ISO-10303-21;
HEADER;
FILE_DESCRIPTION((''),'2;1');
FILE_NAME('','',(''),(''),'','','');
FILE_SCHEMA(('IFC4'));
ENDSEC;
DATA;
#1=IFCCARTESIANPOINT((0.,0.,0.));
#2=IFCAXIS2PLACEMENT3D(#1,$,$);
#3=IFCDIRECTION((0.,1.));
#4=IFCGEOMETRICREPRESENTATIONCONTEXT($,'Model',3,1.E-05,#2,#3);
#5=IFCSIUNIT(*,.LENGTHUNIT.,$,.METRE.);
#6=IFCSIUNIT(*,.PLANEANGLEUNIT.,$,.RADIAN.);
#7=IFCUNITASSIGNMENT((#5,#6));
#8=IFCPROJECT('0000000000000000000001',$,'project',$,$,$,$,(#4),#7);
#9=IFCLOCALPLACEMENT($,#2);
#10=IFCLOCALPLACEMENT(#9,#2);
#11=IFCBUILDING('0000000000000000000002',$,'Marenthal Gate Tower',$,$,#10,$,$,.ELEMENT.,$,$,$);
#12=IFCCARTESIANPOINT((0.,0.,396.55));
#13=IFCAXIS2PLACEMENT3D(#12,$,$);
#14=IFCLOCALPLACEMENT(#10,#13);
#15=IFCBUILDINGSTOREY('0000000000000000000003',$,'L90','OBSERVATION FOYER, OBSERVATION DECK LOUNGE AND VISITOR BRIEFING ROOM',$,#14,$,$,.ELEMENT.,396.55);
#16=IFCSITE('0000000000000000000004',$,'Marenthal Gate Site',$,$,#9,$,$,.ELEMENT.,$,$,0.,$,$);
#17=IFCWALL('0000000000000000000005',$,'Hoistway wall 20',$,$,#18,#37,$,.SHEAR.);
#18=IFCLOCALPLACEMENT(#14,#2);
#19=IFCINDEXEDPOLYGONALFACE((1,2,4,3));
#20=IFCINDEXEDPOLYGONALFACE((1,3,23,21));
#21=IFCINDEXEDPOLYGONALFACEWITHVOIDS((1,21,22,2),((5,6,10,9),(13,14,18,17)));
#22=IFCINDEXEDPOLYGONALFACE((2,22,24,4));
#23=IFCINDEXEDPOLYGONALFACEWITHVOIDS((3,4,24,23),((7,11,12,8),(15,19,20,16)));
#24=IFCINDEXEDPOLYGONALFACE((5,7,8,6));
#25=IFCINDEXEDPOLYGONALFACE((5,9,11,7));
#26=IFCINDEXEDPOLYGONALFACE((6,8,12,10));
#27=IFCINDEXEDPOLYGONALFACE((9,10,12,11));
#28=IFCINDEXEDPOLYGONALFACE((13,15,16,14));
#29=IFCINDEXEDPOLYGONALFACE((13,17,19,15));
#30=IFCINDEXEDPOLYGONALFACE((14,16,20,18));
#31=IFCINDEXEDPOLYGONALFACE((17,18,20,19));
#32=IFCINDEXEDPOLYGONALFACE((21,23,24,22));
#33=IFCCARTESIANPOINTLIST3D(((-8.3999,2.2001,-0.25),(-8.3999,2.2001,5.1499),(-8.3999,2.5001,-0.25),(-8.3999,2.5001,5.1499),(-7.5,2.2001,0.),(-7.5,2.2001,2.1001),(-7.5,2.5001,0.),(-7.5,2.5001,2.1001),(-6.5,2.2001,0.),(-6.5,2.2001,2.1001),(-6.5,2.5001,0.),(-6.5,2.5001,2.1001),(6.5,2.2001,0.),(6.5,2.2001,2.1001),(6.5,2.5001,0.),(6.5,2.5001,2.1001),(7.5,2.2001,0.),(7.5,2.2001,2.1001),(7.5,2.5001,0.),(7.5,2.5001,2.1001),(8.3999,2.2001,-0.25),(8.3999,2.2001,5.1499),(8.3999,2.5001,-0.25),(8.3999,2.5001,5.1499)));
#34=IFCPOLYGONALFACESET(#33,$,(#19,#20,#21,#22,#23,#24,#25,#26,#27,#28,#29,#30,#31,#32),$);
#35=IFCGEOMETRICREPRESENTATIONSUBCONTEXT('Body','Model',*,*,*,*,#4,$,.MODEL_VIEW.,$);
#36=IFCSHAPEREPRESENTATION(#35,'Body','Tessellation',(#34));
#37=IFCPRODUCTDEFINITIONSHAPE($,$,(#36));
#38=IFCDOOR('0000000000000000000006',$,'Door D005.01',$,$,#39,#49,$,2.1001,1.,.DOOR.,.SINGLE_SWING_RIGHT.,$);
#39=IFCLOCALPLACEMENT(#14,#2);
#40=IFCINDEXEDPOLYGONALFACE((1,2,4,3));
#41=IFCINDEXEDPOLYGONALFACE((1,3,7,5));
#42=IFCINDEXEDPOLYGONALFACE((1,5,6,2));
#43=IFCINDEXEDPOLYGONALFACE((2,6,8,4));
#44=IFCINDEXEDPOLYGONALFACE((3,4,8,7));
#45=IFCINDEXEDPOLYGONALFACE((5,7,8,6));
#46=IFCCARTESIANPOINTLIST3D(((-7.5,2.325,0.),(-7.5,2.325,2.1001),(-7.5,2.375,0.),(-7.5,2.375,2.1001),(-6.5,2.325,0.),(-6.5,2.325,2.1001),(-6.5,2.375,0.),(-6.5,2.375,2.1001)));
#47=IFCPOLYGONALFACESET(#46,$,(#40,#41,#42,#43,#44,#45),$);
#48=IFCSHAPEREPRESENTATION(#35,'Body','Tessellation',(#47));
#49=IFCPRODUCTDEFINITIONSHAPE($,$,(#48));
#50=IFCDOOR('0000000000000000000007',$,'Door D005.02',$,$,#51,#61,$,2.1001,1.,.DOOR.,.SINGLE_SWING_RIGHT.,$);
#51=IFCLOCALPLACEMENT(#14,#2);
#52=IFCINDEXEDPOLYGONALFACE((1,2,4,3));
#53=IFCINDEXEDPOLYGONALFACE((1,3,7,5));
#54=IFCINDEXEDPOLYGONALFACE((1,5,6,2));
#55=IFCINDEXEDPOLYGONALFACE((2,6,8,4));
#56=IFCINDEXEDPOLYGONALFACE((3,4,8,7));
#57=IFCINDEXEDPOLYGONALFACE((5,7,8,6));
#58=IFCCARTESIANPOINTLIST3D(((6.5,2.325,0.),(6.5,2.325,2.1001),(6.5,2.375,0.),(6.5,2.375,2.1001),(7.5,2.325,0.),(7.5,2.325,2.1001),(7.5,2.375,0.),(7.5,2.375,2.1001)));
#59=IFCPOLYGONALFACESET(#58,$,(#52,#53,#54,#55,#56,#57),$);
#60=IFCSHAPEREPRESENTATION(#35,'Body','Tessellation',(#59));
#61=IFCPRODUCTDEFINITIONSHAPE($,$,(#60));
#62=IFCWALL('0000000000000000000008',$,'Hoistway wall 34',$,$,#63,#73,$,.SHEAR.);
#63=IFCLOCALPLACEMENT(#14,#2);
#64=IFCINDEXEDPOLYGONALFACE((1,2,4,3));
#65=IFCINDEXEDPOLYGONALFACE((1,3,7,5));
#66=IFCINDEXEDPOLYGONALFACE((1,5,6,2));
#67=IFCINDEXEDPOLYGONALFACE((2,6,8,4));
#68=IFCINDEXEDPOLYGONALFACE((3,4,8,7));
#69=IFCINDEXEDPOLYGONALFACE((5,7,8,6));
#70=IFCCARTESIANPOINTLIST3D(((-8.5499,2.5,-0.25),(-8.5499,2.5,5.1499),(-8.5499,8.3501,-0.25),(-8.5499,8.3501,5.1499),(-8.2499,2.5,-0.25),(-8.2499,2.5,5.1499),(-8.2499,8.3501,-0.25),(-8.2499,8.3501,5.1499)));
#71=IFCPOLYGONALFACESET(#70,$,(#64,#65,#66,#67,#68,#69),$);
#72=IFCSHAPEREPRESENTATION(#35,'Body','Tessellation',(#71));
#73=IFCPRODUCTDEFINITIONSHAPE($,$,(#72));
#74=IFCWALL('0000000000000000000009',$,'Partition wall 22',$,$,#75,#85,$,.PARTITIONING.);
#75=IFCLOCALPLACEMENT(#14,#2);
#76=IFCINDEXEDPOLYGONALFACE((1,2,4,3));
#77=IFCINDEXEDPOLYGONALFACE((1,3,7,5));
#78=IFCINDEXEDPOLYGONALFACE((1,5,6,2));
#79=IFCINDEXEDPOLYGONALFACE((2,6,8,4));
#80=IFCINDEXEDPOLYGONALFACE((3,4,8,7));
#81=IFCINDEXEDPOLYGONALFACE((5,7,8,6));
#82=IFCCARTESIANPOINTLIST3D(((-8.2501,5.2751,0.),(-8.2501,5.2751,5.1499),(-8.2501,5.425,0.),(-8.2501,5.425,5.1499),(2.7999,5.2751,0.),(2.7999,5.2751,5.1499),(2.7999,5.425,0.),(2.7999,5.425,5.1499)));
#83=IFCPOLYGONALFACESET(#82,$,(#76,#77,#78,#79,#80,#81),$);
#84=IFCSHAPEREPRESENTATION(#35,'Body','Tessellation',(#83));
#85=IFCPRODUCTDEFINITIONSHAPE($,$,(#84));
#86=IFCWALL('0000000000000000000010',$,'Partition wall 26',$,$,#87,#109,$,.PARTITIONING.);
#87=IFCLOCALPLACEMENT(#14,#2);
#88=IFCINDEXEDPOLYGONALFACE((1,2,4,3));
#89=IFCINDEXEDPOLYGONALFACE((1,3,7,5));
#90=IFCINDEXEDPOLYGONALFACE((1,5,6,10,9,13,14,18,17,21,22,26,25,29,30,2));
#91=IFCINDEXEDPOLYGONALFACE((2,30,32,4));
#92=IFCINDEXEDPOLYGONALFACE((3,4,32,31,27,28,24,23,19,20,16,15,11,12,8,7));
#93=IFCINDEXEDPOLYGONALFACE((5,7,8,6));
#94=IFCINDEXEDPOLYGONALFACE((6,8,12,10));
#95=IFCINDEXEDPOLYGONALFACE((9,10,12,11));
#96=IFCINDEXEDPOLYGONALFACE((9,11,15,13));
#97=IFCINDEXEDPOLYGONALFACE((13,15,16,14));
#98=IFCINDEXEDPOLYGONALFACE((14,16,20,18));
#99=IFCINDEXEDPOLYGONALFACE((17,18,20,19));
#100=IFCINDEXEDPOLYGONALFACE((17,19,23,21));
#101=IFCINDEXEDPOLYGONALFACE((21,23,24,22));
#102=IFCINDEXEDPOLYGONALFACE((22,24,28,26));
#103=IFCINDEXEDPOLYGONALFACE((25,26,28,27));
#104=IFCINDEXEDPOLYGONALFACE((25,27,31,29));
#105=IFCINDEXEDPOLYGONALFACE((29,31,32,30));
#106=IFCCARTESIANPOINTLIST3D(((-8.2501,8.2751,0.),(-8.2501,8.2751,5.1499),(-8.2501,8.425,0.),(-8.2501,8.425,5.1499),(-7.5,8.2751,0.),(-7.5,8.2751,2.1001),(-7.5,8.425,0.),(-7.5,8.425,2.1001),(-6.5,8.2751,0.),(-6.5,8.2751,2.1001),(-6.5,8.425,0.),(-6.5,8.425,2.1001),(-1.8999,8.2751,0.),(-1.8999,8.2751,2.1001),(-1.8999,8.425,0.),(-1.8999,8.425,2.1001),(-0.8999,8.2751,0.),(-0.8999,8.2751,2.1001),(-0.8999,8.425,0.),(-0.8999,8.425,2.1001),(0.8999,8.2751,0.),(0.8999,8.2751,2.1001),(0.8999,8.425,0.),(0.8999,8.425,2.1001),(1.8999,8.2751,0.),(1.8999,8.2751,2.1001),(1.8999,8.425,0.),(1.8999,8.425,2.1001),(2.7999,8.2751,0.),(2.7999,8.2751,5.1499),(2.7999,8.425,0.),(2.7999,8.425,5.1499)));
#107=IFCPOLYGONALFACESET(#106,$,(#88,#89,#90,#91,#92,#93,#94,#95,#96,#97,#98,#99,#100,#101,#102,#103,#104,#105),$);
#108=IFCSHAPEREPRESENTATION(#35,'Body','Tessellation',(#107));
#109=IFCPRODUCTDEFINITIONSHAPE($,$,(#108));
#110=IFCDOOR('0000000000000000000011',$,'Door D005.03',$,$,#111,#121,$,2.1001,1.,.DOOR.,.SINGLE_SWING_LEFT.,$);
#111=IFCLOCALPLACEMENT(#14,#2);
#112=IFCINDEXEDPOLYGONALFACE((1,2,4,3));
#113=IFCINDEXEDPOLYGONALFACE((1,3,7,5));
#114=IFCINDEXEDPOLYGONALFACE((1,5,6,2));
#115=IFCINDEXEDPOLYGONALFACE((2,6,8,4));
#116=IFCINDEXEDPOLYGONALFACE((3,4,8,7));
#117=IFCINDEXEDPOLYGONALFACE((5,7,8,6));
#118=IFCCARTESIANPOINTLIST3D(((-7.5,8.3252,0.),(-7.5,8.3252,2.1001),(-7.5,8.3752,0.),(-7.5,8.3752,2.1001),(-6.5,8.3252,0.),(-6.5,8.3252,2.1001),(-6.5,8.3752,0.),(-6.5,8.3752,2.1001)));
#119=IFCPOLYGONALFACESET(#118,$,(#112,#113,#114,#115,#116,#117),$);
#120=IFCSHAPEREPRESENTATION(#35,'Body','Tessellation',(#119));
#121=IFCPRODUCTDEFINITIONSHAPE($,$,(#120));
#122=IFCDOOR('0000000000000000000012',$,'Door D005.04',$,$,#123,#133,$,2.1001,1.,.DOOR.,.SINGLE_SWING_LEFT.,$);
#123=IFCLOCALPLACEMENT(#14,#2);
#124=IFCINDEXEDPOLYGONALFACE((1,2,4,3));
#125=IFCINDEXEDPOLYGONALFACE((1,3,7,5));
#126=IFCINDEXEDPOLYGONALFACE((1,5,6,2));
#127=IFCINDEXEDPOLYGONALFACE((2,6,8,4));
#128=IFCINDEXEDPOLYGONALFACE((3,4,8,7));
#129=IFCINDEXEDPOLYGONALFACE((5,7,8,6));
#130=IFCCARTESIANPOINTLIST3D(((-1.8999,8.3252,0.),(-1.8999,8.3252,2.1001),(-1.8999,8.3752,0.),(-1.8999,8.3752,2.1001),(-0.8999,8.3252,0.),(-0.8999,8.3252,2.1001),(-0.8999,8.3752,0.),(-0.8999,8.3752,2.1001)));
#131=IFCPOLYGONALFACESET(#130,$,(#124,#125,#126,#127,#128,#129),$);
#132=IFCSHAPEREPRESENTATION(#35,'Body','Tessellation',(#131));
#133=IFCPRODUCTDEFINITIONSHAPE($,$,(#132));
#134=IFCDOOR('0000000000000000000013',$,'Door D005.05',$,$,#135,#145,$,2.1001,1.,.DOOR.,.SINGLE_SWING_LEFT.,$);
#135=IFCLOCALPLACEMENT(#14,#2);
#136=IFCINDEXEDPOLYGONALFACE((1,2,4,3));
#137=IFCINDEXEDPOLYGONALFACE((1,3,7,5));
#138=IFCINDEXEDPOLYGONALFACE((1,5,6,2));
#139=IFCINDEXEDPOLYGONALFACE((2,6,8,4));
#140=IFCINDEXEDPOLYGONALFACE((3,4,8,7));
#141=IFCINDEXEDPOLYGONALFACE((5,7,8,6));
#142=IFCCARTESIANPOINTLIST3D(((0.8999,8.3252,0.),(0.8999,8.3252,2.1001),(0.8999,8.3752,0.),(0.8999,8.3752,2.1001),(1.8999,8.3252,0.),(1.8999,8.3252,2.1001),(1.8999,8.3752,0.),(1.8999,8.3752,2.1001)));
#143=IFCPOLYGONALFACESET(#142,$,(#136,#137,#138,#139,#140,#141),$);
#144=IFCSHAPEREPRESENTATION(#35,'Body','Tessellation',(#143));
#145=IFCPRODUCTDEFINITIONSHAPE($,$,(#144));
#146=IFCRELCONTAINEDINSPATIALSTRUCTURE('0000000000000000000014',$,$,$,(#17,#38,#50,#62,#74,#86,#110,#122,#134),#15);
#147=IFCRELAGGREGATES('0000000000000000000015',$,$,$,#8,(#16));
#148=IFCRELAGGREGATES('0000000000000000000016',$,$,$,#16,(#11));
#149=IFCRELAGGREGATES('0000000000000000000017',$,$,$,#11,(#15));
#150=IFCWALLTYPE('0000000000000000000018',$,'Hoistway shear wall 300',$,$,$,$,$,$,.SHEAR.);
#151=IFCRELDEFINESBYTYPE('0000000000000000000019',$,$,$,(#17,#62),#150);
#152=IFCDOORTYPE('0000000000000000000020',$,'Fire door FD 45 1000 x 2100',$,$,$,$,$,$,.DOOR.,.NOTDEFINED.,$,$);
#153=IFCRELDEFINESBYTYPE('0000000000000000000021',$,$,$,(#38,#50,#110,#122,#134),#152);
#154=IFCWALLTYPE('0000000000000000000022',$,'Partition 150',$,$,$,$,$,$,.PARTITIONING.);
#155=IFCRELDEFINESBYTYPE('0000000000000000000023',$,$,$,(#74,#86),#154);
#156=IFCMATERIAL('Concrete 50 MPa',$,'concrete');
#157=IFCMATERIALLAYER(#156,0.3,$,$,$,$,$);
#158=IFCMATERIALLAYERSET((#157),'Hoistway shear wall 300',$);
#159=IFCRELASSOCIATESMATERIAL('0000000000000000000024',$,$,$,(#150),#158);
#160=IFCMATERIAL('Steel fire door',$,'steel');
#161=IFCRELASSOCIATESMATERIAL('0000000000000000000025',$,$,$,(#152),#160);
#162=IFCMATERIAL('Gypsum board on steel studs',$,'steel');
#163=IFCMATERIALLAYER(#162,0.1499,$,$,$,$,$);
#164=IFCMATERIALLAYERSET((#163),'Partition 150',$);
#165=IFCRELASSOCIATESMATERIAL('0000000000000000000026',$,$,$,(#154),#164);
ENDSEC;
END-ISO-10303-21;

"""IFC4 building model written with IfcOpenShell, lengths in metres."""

from ifc_helpers import new_model, si_unit, direction, frame, frame_2d, origin, place, context, subcontext, project, spatial, rectangle, extrude, material, layer, layer_set, type_object, element, fill, save


model = new_model("IFC4")

# Units and contexts
model_context = context("Model", 3, precision=1e-05, world=origin(), true_north=direction((0.0, 1.0)))
body_context = subcontext(model_context, "Body", "Model", "MODEL_VIEW")
ifc_project = project(units=[si_unit("LENGTHUNIT", "METRE"), si_unit("PLANEANGLEUNIT", "RADIAN")], contexts=[model_context])

# Site, building, storey
site_placement = place(None, origin())
site = spatial("IfcSite", under=ifc_project, at=site_placement, Name="Marenthal Gate Site", CompositionType="ELEMENT", RefElevation=0.0)
building_placement = place(site_placement, origin())
building = spatial("IfcBuilding", under=site, at=building_placement, Name="Marenthal Gate Tower", CompositionType="ELEMENT")
storey_placement = place(building_placement, frame((0.0, 0.0, 396.55)))
storey = spatial("IfcBuildingStorey", under=building, at=storey_placement, Name="L90", Description="OBSERVATION FOYER, OBSERVATION DECK LOUNGE AND VISITOR BRIEFING ROOM", CompositionType="ELEMENT", Elevation=396.55)

# Wall, openings, doors
ifc_material_1 = material(Name="Concrete 50 MPa", Category="concrete")
ifc_layer_1 = layer(ifc_material_1, 0.3)
ifc_layer_set_1 = layer_set([ifc_layer_1], Name="Hoistway shear wall 300")
wall_type_1 = type_object("IfcWallType", Name="Hoistway shear wall 300", PredefinedType="SHEAR", material=ifc_layer_set_1)
wall_1_placement = place(storey_placement, frame((-8.3999, 2.3501, -0.25), z_axis=(0.0, 0.0, 1.0), x_axis=(1.0, 0.0, 0.0)))
wall_1 = element("IfcWall", 1, at=wall_1_placement, inside=storey, type_object=wall_type_1, Name="Hoistway wall 20", PredefinedType="SHEAR", context=body_context, shape_type="SweptSolid", body=[
    extrude(rectangle(XDim=16.7998, YDim=0.3, at=frame_2d((8.3999, 0.0))), origin(), (0.0, 0.0, 1.0), 5.3999),
])
opening_1_placement = place(wall_1_placement, frame((0.8999, 0.0, 0.25)))
opening_1 = element("IfcOpeningElement", 2, at=opening_1_placement, cuts=wall_1, PredefinedType="OPENING", context=body_context, shape_type="SweptSolid", body=[
    extrude(rectangle(XDim=1.0, YDim=2.1001, at=frame_2d((0.5, 1.05))), frame((0.0, 0.1602, 0.0), z_axis=(0.0, -1.0, 0.0), x_axis=(1.0, 0.0, 0.0)), (0.0, 0.0, 1.0), 0.3201),
])
opening_2_placement = place(wall_1_placement, frame((14.8999, 0.0, 0.25)))
opening_2 = element("IfcOpeningElement", 3, at=opening_2_placement, cuts=wall_1, PredefinedType="OPENING", context=body_context, shape_type="SweptSolid", body=[
    extrude(rectangle(XDim=1.0, YDim=2.1001, at=frame_2d((0.5, 1.05))), frame((0.0, 0.1602, 0.0), z_axis=(0.0, -1.0, 0.0), x_axis=(1.0, 0.0, 0.0)), (0.0, 0.0, 1.0), 0.3201),
])
ifc_material_2 = material(Name="Steel fire door", Category="steel")
door_type = type_object("IfcDoorType", Name="Fire door FD 45 1000 x 2100", OperationType="NOTDEFINED", PredefinedType="DOOR", material=ifc_material_2)
door_1_placement = place(opening_1_placement, origin())
door_1 = element("IfcDoor", 4, at=door_1_placement, inside=storey, type_object=door_type, Name="Door D005.01", OperationType="SINGLE_SWING_RIGHT", OverallHeight=2.1001, OverallWidth=1.0, PredefinedType="DOOR", context=body_context, shape_type="SweptSolid", body=[
    extrude(rectangle(XDim=1.0, YDim=2.1001, at=frame_2d((0.5, 1.05))), frame((0.0, 0.0249, 0.0), z_axis=(0.0, -1.0, 0.0), x_axis=(1.0, 0.0, 0.0)), (0.0, 0.0, 1.0), 0.05),
])
fill(opening_1, door_1)
door_2_placement = place(opening_2_placement, origin())
door_2 = element("IfcDoor", 5, at=door_2_placement, inside=storey, type_object=door_type, Name="Door D005.02", OperationType="SINGLE_SWING_RIGHT", OverallHeight=2.1001, OverallWidth=1.0, PredefinedType="DOOR", context=body_context, shape_type="SweptSolid", body=[
    extrude(rectangle(XDim=1.0, YDim=2.1001, at=frame_2d((0.5, 1.05))), frame((0.0, 0.0249, 0.0), z_axis=(0.0, -1.0, 0.0), x_axis=(1.0, 0.0, 0.0)), (0.0, 0.0, 1.0), 0.05),
])
fill(opening_2, door_2)

# Walls
wall_2_placement = place(storey_placement, frame((-8.3999, 2.5, -0.25), z_axis=(0.0, 0.0, 1.0), x_axis=(0.0, 1.0, 0.0)))
element("IfcWall", 6, at=wall_2_placement, inside=storey, type_object=wall_type_1, Name="Hoistway wall 34", PredefinedType="SHEAR", context=body_context, shape_type="SweptSolid", body=[
    extrude(rectangle(XDim=5.8501, YDim=0.3, at=frame_2d((2.925, 0.0))), origin(), (0.0, 0.0, 1.0), 5.3999),
])
ifc_material_3 = material(Name="Gypsum board on steel studs", Category="steel")
ifc_layer_2 = layer(ifc_material_3, 0.1499)
ifc_layer_set_2 = layer_set([ifc_layer_2], Name="Partition 150")
wall_type_2 = type_object("IfcWallType", Name="Partition 150", PredefinedType="PARTITIONING", material=ifc_layer_set_2)
wall_3_placement = place(storey_placement, frame((-8.25, 5.3501, 0.0), z_axis=(0.0, 0.0, 1.0), x_axis=(1.0, 0.0, 0.0)))
element("IfcWall", 7, at=wall_3_placement, inside=storey, type_object=wall_type_2, Name="Partition wall 22", PredefinedType="PARTITIONING", context=body_context, shape_type="SweptSolid", body=[
    extrude(rectangle(XDim=11.05, YDim=0.1499, at=frame_2d((5.5249, 0.0))), origin(), (0.0, 0.0, 1.0), 5.1499),
])

# Wall, openings, doors
wall_4_placement = place(storey_placement, frame((-8.25, 8.3501, 0.0), z_axis=(0.0, 0.0, 1.0), x_axis=(1.0, 0.0, 0.0)))
wall_4 = element("IfcWall", 8, at=wall_4_placement, inside=storey, type_object=wall_type_2, Name="Partition wall 26", PredefinedType="PARTITIONING", context=body_context, shape_type="SweptSolid", body=[
    extrude(rectangle(XDim=11.05, YDim=0.1499, at=frame_2d((5.5249, 0.0))), origin(), (0.0, 0.0, 1.0), 5.1499),
])
opening_3_placement = place(wall_4_placement, frame((0.75, 0.0, 0.0)))
opening_3 = element("IfcOpeningElement", 9, at=opening_3_placement, cuts=wall_4, PredefinedType="OPENING", context=body_context, shape_type="SweptSolid", body=[
    extrude(rectangle(XDim=1.0, YDim=2.1001, at=frame_2d((0.5, 1.05))), frame((0.0, 0.085, 0.0), z_axis=(0.0, -1.0, 0.0), x_axis=(1.0, 0.0, 0.0)), (0.0, 0.0, 1.0), 0.1699),
])
opening_4_placement = place(wall_4_placement, frame((6.3501, 0.0, 0.0)))
opening_4 = element("IfcOpeningElement", 10, at=opening_4_placement, cuts=wall_4, PredefinedType="OPENING", context=body_context, shape_type="SweptSolid", body=[
    extrude(rectangle(XDim=1.0, YDim=2.1001, at=frame_2d((0.5, 1.05))), frame((0.0, 0.085, 0.0), z_axis=(0.0, -1.0, 0.0), x_axis=(1.0, 0.0, 0.0)), (0.0, 0.0, 1.0), 0.1699),
])
opening_5_placement = place(wall_4_placement, frame((9.1499, 0.0, 0.0)))
opening_5 = element("IfcOpeningElement", 11, at=opening_5_placement, cuts=wall_4, PredefinedType="OPENING", context=body_context, shape_type="SweptSolid", body=[
    extrude(rectangle(XDim=1.0, YDim=2.1001, at=frame_2d((0.5, 1.05))), frame((0.0, 0.085, 0.0), z_axis=(0.0, -1.0, 0.0), x_axis=(1.0, 0.0, 0.0)), (0.0, 0.0, 1.0), 0.1699),
])
door_3_placement = place(opening_3_placement, frame((1.0, 0.0, 0.0), z_axis=(0.0, 0.0, 1.0), x_axis=(-1.0, 0.0, 0.0)))
door_3 = element("IfcDoor", 12, at=door_3_placement, inside=storey, type_object=door_type, Name="Door D005.03", OperationType="SINGLE_SWING_LEFT", OverallHeight=2.1001, OverallWidth=1.0, PredefinedType="DOOR", context=body_context, shape_type="SweptSolid", body=[
    extrude(rectangle(XDim=1.0, YDim=2.1001, at=frame_2d((0.5, 1.05))), frame((0.0, 0.0249, 0.0), z_axis=(0.0, -1.0, 0.0), x_axis=(1.0, 0.0, 0.0)), (0.0, 0.0, 1.0), 0.05),
])
fill(opening_3, door_3)
door_4_placement = place(opening_4_placement, frame((1.0, 0.0, 0.0), z_axis=(0.0, 0.0, 1.0), x_axis=(-1.0, 0.0, 0.0)))
door_4 = element("IfcDoor", 13, at=door_4_placement, inside=storey, type_object=door_type, Name="Door D005.04", OperationType="SINGLE_SWING_LEFT", OverallHeight=2.1001, OverallWidth=1.0, PredefinedType="DOOR", context=body_context, shape_type="SweptSolid", body=[
    extrude(rectangle(XDim=1.0, YDim=2.1001, at=frame_2d((0.5, 1.05))), frame((0.0, 0.0249, 0.0), z_axis=(0.0, -1.0, 0.0), x_axis=(1.0, 0.0, 0.0)), (0.0, 0.0, 1.0), 0.05),
])
fill(opening_4, door_4)
door_5_placement = place(opening_5_placement, frame((1.0, 0.0, 0.0), z_axis=(0.0, 0.0, 1.0), x_axis=(-1.0, 0.0, 0.0)))
door_5 = element("IfcDoor", 14, at=door_5_placement, inside=storey, type_object=door_type, Name="Door D005.05", OperationType="SINGLE_SWING_LEFT", OverallHeight=2.1001, OverallWidth=1.0, PredefinedType="DOOR", context=body_context, shape_type="SweptSolid", body=[
    extrude(rectangle(XDim=1.0, YDim=2.1001, at=frame_2d((0.5, 1.05))), frame((0.0, 0.0249, 0.0), z_axis=(0.0, -1.0, 0.0), x_axis=(1.0, 0.0, 0.0)), (0.0, 0.0, 1.0), 0.05),
])
fill(opening_5, door_5)

save(model, "model.ifc")
